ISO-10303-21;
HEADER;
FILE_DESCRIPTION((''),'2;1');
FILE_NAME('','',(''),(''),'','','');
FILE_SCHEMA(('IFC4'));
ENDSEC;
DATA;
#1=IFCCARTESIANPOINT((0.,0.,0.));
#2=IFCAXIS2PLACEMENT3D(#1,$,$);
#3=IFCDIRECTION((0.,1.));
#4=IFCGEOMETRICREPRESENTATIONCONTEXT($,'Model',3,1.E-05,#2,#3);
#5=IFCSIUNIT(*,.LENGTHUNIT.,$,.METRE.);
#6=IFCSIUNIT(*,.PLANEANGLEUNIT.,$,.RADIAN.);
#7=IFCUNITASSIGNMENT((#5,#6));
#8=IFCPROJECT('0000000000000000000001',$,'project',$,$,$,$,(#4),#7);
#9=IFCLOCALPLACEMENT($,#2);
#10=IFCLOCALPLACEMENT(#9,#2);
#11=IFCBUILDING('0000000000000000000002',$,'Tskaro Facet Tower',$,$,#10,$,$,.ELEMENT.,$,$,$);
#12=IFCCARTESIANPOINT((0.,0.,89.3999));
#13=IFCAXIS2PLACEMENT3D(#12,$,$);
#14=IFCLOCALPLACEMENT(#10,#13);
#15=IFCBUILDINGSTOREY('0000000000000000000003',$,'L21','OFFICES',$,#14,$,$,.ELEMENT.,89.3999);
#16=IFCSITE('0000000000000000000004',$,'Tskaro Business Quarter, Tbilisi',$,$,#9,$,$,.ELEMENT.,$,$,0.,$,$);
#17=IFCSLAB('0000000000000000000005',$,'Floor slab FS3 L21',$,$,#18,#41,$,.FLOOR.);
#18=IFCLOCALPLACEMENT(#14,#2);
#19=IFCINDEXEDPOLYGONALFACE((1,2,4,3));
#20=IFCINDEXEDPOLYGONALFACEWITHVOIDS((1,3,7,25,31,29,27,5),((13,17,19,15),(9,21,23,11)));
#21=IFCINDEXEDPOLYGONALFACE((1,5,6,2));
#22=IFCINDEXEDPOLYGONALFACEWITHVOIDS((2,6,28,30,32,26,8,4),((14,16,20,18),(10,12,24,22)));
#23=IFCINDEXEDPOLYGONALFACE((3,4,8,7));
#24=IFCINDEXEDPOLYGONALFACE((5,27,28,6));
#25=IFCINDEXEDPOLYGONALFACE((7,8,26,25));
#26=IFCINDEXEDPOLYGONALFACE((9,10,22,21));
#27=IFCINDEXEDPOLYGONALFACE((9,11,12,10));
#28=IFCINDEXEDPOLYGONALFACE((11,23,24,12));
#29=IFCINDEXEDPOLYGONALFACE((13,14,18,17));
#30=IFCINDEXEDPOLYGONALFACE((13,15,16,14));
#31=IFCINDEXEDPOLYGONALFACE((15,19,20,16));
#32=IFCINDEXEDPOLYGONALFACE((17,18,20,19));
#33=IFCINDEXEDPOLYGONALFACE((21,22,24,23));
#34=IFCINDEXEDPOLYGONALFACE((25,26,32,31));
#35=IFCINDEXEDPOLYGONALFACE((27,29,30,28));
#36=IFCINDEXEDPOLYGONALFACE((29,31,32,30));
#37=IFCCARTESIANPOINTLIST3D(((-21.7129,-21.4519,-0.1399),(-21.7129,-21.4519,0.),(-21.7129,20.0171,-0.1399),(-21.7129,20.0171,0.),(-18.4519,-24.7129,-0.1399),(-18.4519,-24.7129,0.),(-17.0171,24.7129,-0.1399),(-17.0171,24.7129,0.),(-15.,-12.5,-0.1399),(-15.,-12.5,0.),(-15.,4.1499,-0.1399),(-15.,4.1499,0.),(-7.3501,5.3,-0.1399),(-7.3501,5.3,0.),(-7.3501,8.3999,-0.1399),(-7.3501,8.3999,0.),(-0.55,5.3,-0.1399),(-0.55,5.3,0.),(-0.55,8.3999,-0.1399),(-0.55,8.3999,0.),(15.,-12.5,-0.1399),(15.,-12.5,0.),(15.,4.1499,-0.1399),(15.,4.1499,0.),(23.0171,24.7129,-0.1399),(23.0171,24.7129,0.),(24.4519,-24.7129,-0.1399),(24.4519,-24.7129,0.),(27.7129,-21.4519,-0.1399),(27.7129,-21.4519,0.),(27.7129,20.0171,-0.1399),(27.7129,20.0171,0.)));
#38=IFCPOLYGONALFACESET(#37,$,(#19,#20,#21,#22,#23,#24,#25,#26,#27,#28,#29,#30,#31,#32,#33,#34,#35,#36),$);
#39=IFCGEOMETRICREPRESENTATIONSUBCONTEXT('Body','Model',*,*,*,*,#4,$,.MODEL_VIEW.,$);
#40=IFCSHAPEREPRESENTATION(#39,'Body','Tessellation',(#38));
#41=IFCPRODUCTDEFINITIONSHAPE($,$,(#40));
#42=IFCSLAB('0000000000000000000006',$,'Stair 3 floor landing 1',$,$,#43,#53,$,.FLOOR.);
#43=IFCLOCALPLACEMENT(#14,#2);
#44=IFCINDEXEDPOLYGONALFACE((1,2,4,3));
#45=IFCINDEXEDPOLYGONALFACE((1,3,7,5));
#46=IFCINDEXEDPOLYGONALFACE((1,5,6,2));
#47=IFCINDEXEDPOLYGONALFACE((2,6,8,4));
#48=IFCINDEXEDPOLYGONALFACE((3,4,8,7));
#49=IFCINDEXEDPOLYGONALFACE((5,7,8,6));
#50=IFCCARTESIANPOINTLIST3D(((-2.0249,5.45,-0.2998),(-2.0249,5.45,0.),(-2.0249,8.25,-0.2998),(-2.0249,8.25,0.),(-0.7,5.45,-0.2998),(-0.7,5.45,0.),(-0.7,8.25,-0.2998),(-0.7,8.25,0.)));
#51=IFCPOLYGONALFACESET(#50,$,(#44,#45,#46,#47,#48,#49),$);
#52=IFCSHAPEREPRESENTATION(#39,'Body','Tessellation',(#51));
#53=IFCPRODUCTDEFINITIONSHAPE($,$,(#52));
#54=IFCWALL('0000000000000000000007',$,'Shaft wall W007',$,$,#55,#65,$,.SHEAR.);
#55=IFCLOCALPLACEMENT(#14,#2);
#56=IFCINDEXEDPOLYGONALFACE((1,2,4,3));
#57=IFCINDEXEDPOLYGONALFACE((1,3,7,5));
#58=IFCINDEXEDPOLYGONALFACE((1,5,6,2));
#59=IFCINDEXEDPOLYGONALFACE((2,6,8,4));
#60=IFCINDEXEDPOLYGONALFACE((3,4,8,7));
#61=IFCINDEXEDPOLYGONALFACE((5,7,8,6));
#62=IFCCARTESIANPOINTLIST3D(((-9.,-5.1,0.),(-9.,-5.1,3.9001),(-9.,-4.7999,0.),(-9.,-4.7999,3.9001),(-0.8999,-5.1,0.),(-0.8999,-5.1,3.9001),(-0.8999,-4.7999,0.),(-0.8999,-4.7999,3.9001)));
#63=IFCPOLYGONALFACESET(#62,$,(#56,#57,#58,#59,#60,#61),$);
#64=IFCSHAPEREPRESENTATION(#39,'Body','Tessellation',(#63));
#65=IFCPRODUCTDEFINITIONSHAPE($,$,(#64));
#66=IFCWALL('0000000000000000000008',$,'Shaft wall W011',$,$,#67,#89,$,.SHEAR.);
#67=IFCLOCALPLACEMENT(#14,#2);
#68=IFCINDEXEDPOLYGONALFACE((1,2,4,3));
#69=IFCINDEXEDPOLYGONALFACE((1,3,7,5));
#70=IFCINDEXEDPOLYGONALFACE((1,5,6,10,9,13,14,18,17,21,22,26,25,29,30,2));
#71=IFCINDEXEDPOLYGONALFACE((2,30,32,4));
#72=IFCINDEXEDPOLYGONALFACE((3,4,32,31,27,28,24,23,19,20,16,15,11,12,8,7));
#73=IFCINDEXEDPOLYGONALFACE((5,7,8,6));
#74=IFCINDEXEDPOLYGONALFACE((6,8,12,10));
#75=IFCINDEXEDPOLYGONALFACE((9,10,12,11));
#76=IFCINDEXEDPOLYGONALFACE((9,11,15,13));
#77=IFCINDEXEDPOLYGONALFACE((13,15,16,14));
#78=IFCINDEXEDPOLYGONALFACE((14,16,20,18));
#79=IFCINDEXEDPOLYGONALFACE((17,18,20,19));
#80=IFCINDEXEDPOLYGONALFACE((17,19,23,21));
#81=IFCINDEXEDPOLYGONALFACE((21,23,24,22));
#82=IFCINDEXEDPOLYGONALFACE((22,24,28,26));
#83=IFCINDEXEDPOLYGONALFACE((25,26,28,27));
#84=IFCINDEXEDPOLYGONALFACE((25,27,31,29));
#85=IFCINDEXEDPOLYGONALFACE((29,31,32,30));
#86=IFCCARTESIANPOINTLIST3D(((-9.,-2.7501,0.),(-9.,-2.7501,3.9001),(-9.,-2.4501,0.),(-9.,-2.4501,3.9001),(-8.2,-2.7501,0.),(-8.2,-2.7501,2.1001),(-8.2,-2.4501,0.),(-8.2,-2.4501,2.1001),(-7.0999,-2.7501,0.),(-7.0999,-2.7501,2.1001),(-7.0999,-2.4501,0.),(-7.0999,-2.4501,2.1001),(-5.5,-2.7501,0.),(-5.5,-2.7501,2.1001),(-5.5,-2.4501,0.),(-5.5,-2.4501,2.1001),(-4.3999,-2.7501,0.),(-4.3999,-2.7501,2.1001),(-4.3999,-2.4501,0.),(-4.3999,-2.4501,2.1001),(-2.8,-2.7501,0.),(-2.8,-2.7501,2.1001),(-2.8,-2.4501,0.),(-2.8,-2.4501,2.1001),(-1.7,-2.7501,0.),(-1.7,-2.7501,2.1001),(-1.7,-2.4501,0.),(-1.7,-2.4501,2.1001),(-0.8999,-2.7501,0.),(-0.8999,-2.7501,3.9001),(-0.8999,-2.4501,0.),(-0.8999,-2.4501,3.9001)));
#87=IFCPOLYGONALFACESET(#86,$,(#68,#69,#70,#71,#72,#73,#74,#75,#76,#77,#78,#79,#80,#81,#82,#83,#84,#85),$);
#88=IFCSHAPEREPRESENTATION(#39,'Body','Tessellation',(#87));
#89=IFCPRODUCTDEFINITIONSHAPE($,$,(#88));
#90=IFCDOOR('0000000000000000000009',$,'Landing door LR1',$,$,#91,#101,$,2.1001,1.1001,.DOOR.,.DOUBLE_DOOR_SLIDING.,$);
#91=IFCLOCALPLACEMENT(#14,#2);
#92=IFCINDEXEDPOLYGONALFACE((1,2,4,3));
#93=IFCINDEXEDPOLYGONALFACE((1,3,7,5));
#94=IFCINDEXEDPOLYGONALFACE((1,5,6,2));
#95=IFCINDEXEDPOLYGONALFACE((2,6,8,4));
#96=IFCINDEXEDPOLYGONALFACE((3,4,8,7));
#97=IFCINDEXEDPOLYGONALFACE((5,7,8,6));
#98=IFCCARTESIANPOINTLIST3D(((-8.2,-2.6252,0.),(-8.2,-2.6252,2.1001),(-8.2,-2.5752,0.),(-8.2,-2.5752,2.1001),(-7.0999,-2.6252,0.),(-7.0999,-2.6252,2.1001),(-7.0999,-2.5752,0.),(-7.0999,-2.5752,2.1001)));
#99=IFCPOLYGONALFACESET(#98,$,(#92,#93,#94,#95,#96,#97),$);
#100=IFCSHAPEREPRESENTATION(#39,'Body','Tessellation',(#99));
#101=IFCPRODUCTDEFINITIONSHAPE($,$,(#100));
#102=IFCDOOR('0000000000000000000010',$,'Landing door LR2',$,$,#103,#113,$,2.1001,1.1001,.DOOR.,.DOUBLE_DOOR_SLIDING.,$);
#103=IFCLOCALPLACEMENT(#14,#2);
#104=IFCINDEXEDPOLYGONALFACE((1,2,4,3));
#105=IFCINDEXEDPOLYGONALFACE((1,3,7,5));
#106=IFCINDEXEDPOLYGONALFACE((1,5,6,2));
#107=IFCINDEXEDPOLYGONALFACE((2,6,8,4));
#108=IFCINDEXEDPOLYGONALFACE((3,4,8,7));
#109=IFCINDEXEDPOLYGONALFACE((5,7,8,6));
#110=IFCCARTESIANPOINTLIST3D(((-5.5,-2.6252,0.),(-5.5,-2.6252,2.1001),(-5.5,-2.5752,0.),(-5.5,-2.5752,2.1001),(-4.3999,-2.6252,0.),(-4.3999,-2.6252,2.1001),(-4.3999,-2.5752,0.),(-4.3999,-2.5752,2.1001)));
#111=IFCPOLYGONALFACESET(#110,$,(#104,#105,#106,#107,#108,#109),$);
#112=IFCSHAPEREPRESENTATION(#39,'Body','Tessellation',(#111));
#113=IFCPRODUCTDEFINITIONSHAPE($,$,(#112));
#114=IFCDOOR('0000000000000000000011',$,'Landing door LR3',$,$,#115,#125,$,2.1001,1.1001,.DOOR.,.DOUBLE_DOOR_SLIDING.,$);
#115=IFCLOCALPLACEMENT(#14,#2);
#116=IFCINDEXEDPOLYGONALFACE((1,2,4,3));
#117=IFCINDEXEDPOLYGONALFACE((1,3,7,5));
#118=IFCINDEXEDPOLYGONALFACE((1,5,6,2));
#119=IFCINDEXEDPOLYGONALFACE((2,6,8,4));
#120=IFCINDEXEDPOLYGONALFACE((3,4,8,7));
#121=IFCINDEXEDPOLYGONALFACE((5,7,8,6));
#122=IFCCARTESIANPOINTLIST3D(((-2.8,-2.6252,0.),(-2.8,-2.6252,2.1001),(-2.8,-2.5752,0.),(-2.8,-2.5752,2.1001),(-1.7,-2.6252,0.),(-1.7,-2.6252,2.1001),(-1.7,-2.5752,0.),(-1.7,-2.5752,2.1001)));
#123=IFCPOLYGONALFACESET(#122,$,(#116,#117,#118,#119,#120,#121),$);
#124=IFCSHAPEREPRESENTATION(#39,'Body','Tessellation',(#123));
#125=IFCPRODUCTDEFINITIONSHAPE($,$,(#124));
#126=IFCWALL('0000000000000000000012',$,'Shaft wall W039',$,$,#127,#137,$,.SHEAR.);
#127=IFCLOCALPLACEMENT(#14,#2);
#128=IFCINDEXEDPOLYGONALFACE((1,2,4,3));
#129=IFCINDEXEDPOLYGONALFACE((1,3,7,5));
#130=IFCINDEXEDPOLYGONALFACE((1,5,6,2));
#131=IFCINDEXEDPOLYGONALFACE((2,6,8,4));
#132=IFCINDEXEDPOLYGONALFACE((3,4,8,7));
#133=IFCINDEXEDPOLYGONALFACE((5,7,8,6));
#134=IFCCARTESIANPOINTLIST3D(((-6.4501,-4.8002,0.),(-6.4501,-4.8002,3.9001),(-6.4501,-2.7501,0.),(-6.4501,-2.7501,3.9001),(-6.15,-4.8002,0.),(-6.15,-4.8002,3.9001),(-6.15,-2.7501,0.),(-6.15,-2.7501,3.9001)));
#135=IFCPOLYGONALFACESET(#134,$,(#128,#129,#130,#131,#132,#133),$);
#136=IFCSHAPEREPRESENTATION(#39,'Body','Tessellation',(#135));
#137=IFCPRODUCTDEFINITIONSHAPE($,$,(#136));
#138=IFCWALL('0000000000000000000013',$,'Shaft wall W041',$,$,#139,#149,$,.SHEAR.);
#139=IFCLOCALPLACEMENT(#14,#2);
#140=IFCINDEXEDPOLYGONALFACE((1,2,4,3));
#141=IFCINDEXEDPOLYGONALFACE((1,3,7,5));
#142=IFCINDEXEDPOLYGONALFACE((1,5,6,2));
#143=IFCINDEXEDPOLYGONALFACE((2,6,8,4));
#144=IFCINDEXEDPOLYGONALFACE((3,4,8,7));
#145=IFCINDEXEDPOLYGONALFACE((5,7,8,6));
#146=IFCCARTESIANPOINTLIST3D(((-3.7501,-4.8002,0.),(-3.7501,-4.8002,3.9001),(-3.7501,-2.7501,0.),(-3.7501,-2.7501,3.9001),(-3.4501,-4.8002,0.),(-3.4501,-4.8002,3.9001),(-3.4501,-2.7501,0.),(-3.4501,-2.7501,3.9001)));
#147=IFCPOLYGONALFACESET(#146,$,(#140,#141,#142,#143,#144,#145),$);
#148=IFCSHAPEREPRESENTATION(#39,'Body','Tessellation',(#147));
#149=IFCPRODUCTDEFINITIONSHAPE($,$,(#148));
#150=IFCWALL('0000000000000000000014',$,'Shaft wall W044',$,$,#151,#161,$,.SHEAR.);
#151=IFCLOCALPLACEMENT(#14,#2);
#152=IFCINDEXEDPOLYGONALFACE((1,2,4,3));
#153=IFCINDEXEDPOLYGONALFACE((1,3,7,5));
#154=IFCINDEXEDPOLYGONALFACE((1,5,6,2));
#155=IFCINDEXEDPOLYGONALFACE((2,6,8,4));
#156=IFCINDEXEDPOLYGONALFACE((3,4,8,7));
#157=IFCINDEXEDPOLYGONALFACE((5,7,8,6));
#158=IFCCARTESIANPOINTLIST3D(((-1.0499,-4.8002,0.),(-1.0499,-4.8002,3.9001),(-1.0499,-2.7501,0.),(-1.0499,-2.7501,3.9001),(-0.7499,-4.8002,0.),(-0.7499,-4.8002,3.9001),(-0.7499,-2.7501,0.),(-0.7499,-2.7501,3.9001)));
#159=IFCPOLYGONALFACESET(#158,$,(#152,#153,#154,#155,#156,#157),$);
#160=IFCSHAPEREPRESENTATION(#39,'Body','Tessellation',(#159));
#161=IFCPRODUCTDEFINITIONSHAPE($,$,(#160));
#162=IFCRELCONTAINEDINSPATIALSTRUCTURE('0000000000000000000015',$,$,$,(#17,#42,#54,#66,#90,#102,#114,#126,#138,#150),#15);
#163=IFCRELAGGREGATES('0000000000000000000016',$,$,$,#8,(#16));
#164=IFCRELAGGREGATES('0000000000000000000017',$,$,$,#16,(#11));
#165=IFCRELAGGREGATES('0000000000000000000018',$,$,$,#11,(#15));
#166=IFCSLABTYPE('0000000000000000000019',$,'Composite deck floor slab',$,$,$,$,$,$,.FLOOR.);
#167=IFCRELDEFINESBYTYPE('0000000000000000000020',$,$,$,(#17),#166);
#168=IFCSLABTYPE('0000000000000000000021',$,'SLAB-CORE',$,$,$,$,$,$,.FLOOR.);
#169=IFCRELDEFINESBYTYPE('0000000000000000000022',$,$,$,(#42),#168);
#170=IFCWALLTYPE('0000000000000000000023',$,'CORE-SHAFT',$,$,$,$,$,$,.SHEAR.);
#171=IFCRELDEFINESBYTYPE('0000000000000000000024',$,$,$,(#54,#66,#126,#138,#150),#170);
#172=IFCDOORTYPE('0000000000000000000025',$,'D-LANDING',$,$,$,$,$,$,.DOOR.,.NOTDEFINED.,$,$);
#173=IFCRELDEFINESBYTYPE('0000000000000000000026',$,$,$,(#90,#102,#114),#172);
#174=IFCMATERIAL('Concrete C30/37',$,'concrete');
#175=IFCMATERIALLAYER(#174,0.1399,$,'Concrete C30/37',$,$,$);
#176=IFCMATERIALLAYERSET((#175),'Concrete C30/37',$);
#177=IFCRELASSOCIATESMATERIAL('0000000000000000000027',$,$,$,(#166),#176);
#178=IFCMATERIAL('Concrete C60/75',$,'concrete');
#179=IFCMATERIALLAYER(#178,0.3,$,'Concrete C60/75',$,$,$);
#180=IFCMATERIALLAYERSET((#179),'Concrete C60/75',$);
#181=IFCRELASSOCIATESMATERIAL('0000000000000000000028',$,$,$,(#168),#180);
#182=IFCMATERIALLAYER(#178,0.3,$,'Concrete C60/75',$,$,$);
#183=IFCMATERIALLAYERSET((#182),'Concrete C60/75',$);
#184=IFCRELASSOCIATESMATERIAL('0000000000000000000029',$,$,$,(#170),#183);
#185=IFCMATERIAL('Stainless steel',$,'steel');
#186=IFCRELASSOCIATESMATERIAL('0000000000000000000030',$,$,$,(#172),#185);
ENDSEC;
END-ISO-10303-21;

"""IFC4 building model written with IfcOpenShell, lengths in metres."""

from ifc_helpers import new_model, si_unit, direction, frame, frame_2d, origin, place, context, subcontext, project, spatial, polyline, rectangle, outline, extrude, material, layer, layer_set, type_object, element, fill, save


model = new_model("IFC4")

# Units and contexts
model_context = context("Model", 3, precision=1e-05, world=origin(), true_north=direction((0.0, 1.0)))
body_context = subcontext(model_context, "Body", "Model", "MODEL_VIEW")
ifc_project = project(units=[si_unit("LENGTHUNIT", "METRE"), si_unit("PLANEANGLEUNIT", "RADIAN")], contexts=[model_context])

# Site, building, storey
site_placement = place(None, origin())
site = spatial("IfcSite", under=ifc_project, at=site_placement, Name="Tskaro Business Quarter, Tbilisi", CompositionType="ELEMENT", RefElevation=0.0)
building_placement = place(site_placement, origin())
building = spatial("IfcBuilding", under=site, at=building_placement, Name="Tskaro Facet Tower", CompositionType="ELEMENT")
storey_placement = place(building_placement, frame((0.0, 0.0, 89.3999)))
storey = spatial("IfcBuildingStorey", under=building, at=storey_placement, Name="L21", Description="OFFICES", CompositionType="ELEMENT", Elevation=89.3999)

# Slabs
ifc_material_1 = material(Name="Concrete C30/37", Category="concrete")
ifc_layer_1 = layer(ifc_material_1, 0.1399, Name="Concrete C30/37")
ifc_layer_set_1 = layer_set([ifc_layer_1], Name="Concrete C30/37")
slab_type_1 = type_object("IfcSlabType", Name="Composite deck floor slab", PredefinedType="FLOOR", material=ifc_layer_set_1)
slab_1_placement = place(storey_placement, frame((0.0, 0.0, -0.1399)))
element("IfcSlab", 1, at=slab_1_placement, inside=storey, type_object=slab_type_1, Name="Floor slab FS3 L21", PredefinedType="FLOOR", context=body_context, shape_type="SweptSolid", body=[
    extrude(outline(polyline([(-18.4519, -24.7129), (24.4519, -24.7129), (27.7129, -21.4519), (27.7129, 20.0171), (23.0171, 24.7129), (-17.0171, 24.7129), (-21.7129, 20.0171), (-21.7129, -21.4519), (-18.4519, -24.7129)]), holes=[polyline([(-15.0, -12.5), (15.0, -12.5), (15.0, 4.1499), (-15.0, 4.1499), (-15.0, -12.5)]), polyline([(-7.3501, 5.3), (-0.55, 5.3), (-0.55, 8.3999), (-7.3501, 8.3999), (-7.3501, 5.3)])]), origin(), (0.0, 0.0, 1.0), 0.1399),
])
ifc_material_2 = material(Name="Concrete C60/75", Category="concrete")
ifc_layer_2 = layer(ifc_material_2, 0.3, Name="Concrete C60/75")
ifc_layer_set_2 = layer_set([ifc_layer_2], Name="Concrete C60/75")
slab_type_2 = type_object("IfcSlabType", Name="SLAB-CORE", PredefinedType="FLOOR", material=ifc_layer_set_2)
slab_2_placement = place(storey_placement, frame((0.0, 0.0, -0.2998)))
element("IfcSlab", 2, at=slab_2_placement, inside=storey, type_object=slab_type_2, Name="Stair 3 floor landing 1", PredefinedType="FLOOR", context=body_context, shape_type="SweptSolid", body=[
    extrude(outline(polyline([(-2.0249, 5.45), (-0.7, 5.45), (-0.7, 8.25), (-2.0249, 8.25), (-2.0249, 5.45)])), origin(), (0.0, 0.0, 1.0), 0.2998),
])

# Wall
ifc_layer_3 = layer(ifc_material_2, 0.3, Name="Concrete C60/75")
ifc_layer_set_3 = layer_set([ifc_layer_3], Name="Concrete C60/75")
wall_type = type_object("IfcWallType", Name="CORE-SHAFT", PredefinedType="SHEAR", material=ifc_layer_set_3)
wall_1_placement = place(storey_placement, frame((-9.0, -4.95, 0.0), z_axis=(0.0, 0.0, 1.0), x_axis=(1.0, 0.0, 0.0)))
element("IfcWall", 3, at=wall_1_placement, inside=storey, type_object=wall_type, Name="Shaft wall W007", PredefinedType="SHEAR", context=body_context, shape_type="SweptSolid", body=[
    extrude(rectangle(XDim=8.1001, YDim=0.3, at=frame_2d((4.05, 0.0))), origin(), (0.0, 0.0, 1.0), 3.9001),
])

# Wall, openings, doors
wall_2_placement = place(storey_placement, frame((-9.0, -2.6001, 0.0), z_axis=(0.0, 0.0, 1.0), x_axis=(1.0, 0.0, 0.0)))
wall_2 = element("IfcWall", 4, at=wall_2_placement, inside=storey, type_object=wall_type, Name="Shaft wall W011", PredefinedType="SHEAR", context=body_context, shape_type="SweptSolid", body=[
    extrude(rectangle(XDim=8.1001, YDim=0.3, at=frame_2d((4.05, 0.0))), origin(), (0.0, 0.0, 1.0), 3.9001),
])
opening_1_placement = place(wall_2_placement, frame((0.8, 0.0, 0.0)))
opening_1 = element("IfcOpeningElement", 5, at=opening_1_placement, cuts=wall_2, PredefinedType="OPENING", context=body_context, shape_type="SweptSolid", body=[
    extrude(rectangle(XDim=1.1001, YDim=2.1001, at=frame_2d((0.55, 1.05))), frame((0.0, 0.1599, 0.0), z_axis=(0.0, -1.0, 0.0), x_axis=(1.0, 0.0, 0.0)), (0.0, 0.0, 1.0), 0.3201),
])
opening_2_placement = place(wall_2_placement, frame((3.5, 0.0, 0.0)))
opening_2 = element("IfcOpeningElement", 6, at=opening_2_placement, cuts=wall_2, PredefinedType="OPENING", context=body_context, shape_type="SweptSolid", body=[
    extrude(rectangle(XDim=1.1001, YDim=2.1001, at=frame_2d((0.55, 1.05))), frame((0.0, 0.1599, 0.0), z_axis=(0.0, -1.0, 0.0), x_axis=(1.0, 0.0, 0.0)), (0.0, 0.0, 1.0), 0.3201),
])
opening_3_placement = place(wall_2_placement, frame((6.2, 0.0, 0.0)))
opening_3 = element("IfcOpeningElement", 7, at=opening_3_placement, cuts=wall_2, PredefinedType="OPENING", context=body_context, shape_type="SweptSolid", body=[
    extrude(rectangle(XDim=1.1001, YDim=2.1001, at=frame_2d((0.55, 1.05))), frame((0.0, 0.1599, 0.0), z_axis=(0.0, -1.0, 0.0), x_axis=(1.0, 0.0, 0.0)), (0.0, 0.0, 1.0), 0.3201),
])
ifc_material_3 = material(Name="Stainless steel", Category="steel")
door_type = type_object("IfcDoorType", Name="D-LANDING", OperationType="NOTDEFINED", PredefinedType="DOOR", material=ifc_material_3)
door_1_placement = place(opening_1_placement, origin())
door_1 = element("IfcDoor", 8, at=door_1_placement, inside=storey, type_object=door_type, Name="Landing door LR1", OperationType="DOUBLE_DOOR_SLIDING", OverallHeight=2.1001, OverallWidth=1.1001, PredefinedType="DOOR", context=body_context, shape_type="SweptSolid", body=[
    extrude(rectangle(XDim=1.1001, YDim=2.1001, at=frame_2d((0.55, 1.05))), frame((0.0, 0.0249, 0.0), z_axis=(0.0, -1.0, 0.0), x_axis=(1.0, 0.0, 0.0)), (0.0, 0.0, 1.0), 0.05),
])
fill(opening_1, door_1)
door_2_placement = place(opening_2_placement, origin())
door_2 = element("IfcDoor", 9, at=door_2_placement, inside=storey, type_object=door_type, Name="Landing door LR2", OperationType="DOUBLE_DOOR_SLIDING", OverallHeight=2.1001, OverallWidth=1.1001, PredefinedType="DOOR", context=body_context, shape_type="SweptSolid", body=[
    extrude(rectangle(XDim=1.1001, YDim=2.1001, at=frame_2d((0.55, 1.05))), frame((0.0, 0.0249, 0.0), z_axis=(0.0, -1.0, 0.0), x_axis=(1.0, 0.0, 0.0)), (0.0, 0.0, 1.0), 0.05),
])
fill(opening_2, door_2)
door_3_placement = place(opening_3_placement, origin())
door_3 = element("IfcDoor", 10, at=door_3_placement, inside=storey, type_object=door_type, Name="Landing door LR3", OperationType="DOUBLE_DOOR_SLIDING", OverallHeight=2.1001, OverallWidth=1.1001, PredefinedType="DOOR", context=body_context, shape_type="SweptSolid", body=[
    extrude(rectangle(XDim=1.1001, YDim=2.1001, at=frame_2d((0.55, 1.05))), frame((0.0, 0.0249, 0.0), z_axis=(0.0, -1.0, 0.0), x_axis=(1.0, 0.0, 0.0)), (0.0, 0.0, 1.0), 0.05),
])
fill(opening_3, door_3)

# Walls
for number, where, z_axis, x_axis, name in (
    (11, (-6.3, -4.8, 0.0), (0.0, 0.0, 1.0), (0.0, 1.0, 0.0), "Shaft wall W039"),
    (12, (-3.6001, -4.8, 0.0), (0.0, 0.0, 1.0), (0.0, 1.0, 0.0), "Shaft wall W041"),
    (13, (-0.8999, -4.8, 0.0), (0.0, 0.0, 1.0), (0.0, 1.0, 0.0), "Shaft wall W044"),
):
    element("IfcWall", number, at=place(storey_placement, frame(where, z_axis=z_axis, x_axis=x_axis)), inside=storey, type_object=wall_type, Name=name, PredefinedType="SHEAR", context=body_context, shape_type="SweptSolid", body=[
        extrude(rectangle(XDim=2.05, YDim=0.3, at=frame_2d((1.0249, 0.0))), origin(), (0.0, 0.0, 1.0), 3.9001),
    ])

save(model, "model.ifc")
